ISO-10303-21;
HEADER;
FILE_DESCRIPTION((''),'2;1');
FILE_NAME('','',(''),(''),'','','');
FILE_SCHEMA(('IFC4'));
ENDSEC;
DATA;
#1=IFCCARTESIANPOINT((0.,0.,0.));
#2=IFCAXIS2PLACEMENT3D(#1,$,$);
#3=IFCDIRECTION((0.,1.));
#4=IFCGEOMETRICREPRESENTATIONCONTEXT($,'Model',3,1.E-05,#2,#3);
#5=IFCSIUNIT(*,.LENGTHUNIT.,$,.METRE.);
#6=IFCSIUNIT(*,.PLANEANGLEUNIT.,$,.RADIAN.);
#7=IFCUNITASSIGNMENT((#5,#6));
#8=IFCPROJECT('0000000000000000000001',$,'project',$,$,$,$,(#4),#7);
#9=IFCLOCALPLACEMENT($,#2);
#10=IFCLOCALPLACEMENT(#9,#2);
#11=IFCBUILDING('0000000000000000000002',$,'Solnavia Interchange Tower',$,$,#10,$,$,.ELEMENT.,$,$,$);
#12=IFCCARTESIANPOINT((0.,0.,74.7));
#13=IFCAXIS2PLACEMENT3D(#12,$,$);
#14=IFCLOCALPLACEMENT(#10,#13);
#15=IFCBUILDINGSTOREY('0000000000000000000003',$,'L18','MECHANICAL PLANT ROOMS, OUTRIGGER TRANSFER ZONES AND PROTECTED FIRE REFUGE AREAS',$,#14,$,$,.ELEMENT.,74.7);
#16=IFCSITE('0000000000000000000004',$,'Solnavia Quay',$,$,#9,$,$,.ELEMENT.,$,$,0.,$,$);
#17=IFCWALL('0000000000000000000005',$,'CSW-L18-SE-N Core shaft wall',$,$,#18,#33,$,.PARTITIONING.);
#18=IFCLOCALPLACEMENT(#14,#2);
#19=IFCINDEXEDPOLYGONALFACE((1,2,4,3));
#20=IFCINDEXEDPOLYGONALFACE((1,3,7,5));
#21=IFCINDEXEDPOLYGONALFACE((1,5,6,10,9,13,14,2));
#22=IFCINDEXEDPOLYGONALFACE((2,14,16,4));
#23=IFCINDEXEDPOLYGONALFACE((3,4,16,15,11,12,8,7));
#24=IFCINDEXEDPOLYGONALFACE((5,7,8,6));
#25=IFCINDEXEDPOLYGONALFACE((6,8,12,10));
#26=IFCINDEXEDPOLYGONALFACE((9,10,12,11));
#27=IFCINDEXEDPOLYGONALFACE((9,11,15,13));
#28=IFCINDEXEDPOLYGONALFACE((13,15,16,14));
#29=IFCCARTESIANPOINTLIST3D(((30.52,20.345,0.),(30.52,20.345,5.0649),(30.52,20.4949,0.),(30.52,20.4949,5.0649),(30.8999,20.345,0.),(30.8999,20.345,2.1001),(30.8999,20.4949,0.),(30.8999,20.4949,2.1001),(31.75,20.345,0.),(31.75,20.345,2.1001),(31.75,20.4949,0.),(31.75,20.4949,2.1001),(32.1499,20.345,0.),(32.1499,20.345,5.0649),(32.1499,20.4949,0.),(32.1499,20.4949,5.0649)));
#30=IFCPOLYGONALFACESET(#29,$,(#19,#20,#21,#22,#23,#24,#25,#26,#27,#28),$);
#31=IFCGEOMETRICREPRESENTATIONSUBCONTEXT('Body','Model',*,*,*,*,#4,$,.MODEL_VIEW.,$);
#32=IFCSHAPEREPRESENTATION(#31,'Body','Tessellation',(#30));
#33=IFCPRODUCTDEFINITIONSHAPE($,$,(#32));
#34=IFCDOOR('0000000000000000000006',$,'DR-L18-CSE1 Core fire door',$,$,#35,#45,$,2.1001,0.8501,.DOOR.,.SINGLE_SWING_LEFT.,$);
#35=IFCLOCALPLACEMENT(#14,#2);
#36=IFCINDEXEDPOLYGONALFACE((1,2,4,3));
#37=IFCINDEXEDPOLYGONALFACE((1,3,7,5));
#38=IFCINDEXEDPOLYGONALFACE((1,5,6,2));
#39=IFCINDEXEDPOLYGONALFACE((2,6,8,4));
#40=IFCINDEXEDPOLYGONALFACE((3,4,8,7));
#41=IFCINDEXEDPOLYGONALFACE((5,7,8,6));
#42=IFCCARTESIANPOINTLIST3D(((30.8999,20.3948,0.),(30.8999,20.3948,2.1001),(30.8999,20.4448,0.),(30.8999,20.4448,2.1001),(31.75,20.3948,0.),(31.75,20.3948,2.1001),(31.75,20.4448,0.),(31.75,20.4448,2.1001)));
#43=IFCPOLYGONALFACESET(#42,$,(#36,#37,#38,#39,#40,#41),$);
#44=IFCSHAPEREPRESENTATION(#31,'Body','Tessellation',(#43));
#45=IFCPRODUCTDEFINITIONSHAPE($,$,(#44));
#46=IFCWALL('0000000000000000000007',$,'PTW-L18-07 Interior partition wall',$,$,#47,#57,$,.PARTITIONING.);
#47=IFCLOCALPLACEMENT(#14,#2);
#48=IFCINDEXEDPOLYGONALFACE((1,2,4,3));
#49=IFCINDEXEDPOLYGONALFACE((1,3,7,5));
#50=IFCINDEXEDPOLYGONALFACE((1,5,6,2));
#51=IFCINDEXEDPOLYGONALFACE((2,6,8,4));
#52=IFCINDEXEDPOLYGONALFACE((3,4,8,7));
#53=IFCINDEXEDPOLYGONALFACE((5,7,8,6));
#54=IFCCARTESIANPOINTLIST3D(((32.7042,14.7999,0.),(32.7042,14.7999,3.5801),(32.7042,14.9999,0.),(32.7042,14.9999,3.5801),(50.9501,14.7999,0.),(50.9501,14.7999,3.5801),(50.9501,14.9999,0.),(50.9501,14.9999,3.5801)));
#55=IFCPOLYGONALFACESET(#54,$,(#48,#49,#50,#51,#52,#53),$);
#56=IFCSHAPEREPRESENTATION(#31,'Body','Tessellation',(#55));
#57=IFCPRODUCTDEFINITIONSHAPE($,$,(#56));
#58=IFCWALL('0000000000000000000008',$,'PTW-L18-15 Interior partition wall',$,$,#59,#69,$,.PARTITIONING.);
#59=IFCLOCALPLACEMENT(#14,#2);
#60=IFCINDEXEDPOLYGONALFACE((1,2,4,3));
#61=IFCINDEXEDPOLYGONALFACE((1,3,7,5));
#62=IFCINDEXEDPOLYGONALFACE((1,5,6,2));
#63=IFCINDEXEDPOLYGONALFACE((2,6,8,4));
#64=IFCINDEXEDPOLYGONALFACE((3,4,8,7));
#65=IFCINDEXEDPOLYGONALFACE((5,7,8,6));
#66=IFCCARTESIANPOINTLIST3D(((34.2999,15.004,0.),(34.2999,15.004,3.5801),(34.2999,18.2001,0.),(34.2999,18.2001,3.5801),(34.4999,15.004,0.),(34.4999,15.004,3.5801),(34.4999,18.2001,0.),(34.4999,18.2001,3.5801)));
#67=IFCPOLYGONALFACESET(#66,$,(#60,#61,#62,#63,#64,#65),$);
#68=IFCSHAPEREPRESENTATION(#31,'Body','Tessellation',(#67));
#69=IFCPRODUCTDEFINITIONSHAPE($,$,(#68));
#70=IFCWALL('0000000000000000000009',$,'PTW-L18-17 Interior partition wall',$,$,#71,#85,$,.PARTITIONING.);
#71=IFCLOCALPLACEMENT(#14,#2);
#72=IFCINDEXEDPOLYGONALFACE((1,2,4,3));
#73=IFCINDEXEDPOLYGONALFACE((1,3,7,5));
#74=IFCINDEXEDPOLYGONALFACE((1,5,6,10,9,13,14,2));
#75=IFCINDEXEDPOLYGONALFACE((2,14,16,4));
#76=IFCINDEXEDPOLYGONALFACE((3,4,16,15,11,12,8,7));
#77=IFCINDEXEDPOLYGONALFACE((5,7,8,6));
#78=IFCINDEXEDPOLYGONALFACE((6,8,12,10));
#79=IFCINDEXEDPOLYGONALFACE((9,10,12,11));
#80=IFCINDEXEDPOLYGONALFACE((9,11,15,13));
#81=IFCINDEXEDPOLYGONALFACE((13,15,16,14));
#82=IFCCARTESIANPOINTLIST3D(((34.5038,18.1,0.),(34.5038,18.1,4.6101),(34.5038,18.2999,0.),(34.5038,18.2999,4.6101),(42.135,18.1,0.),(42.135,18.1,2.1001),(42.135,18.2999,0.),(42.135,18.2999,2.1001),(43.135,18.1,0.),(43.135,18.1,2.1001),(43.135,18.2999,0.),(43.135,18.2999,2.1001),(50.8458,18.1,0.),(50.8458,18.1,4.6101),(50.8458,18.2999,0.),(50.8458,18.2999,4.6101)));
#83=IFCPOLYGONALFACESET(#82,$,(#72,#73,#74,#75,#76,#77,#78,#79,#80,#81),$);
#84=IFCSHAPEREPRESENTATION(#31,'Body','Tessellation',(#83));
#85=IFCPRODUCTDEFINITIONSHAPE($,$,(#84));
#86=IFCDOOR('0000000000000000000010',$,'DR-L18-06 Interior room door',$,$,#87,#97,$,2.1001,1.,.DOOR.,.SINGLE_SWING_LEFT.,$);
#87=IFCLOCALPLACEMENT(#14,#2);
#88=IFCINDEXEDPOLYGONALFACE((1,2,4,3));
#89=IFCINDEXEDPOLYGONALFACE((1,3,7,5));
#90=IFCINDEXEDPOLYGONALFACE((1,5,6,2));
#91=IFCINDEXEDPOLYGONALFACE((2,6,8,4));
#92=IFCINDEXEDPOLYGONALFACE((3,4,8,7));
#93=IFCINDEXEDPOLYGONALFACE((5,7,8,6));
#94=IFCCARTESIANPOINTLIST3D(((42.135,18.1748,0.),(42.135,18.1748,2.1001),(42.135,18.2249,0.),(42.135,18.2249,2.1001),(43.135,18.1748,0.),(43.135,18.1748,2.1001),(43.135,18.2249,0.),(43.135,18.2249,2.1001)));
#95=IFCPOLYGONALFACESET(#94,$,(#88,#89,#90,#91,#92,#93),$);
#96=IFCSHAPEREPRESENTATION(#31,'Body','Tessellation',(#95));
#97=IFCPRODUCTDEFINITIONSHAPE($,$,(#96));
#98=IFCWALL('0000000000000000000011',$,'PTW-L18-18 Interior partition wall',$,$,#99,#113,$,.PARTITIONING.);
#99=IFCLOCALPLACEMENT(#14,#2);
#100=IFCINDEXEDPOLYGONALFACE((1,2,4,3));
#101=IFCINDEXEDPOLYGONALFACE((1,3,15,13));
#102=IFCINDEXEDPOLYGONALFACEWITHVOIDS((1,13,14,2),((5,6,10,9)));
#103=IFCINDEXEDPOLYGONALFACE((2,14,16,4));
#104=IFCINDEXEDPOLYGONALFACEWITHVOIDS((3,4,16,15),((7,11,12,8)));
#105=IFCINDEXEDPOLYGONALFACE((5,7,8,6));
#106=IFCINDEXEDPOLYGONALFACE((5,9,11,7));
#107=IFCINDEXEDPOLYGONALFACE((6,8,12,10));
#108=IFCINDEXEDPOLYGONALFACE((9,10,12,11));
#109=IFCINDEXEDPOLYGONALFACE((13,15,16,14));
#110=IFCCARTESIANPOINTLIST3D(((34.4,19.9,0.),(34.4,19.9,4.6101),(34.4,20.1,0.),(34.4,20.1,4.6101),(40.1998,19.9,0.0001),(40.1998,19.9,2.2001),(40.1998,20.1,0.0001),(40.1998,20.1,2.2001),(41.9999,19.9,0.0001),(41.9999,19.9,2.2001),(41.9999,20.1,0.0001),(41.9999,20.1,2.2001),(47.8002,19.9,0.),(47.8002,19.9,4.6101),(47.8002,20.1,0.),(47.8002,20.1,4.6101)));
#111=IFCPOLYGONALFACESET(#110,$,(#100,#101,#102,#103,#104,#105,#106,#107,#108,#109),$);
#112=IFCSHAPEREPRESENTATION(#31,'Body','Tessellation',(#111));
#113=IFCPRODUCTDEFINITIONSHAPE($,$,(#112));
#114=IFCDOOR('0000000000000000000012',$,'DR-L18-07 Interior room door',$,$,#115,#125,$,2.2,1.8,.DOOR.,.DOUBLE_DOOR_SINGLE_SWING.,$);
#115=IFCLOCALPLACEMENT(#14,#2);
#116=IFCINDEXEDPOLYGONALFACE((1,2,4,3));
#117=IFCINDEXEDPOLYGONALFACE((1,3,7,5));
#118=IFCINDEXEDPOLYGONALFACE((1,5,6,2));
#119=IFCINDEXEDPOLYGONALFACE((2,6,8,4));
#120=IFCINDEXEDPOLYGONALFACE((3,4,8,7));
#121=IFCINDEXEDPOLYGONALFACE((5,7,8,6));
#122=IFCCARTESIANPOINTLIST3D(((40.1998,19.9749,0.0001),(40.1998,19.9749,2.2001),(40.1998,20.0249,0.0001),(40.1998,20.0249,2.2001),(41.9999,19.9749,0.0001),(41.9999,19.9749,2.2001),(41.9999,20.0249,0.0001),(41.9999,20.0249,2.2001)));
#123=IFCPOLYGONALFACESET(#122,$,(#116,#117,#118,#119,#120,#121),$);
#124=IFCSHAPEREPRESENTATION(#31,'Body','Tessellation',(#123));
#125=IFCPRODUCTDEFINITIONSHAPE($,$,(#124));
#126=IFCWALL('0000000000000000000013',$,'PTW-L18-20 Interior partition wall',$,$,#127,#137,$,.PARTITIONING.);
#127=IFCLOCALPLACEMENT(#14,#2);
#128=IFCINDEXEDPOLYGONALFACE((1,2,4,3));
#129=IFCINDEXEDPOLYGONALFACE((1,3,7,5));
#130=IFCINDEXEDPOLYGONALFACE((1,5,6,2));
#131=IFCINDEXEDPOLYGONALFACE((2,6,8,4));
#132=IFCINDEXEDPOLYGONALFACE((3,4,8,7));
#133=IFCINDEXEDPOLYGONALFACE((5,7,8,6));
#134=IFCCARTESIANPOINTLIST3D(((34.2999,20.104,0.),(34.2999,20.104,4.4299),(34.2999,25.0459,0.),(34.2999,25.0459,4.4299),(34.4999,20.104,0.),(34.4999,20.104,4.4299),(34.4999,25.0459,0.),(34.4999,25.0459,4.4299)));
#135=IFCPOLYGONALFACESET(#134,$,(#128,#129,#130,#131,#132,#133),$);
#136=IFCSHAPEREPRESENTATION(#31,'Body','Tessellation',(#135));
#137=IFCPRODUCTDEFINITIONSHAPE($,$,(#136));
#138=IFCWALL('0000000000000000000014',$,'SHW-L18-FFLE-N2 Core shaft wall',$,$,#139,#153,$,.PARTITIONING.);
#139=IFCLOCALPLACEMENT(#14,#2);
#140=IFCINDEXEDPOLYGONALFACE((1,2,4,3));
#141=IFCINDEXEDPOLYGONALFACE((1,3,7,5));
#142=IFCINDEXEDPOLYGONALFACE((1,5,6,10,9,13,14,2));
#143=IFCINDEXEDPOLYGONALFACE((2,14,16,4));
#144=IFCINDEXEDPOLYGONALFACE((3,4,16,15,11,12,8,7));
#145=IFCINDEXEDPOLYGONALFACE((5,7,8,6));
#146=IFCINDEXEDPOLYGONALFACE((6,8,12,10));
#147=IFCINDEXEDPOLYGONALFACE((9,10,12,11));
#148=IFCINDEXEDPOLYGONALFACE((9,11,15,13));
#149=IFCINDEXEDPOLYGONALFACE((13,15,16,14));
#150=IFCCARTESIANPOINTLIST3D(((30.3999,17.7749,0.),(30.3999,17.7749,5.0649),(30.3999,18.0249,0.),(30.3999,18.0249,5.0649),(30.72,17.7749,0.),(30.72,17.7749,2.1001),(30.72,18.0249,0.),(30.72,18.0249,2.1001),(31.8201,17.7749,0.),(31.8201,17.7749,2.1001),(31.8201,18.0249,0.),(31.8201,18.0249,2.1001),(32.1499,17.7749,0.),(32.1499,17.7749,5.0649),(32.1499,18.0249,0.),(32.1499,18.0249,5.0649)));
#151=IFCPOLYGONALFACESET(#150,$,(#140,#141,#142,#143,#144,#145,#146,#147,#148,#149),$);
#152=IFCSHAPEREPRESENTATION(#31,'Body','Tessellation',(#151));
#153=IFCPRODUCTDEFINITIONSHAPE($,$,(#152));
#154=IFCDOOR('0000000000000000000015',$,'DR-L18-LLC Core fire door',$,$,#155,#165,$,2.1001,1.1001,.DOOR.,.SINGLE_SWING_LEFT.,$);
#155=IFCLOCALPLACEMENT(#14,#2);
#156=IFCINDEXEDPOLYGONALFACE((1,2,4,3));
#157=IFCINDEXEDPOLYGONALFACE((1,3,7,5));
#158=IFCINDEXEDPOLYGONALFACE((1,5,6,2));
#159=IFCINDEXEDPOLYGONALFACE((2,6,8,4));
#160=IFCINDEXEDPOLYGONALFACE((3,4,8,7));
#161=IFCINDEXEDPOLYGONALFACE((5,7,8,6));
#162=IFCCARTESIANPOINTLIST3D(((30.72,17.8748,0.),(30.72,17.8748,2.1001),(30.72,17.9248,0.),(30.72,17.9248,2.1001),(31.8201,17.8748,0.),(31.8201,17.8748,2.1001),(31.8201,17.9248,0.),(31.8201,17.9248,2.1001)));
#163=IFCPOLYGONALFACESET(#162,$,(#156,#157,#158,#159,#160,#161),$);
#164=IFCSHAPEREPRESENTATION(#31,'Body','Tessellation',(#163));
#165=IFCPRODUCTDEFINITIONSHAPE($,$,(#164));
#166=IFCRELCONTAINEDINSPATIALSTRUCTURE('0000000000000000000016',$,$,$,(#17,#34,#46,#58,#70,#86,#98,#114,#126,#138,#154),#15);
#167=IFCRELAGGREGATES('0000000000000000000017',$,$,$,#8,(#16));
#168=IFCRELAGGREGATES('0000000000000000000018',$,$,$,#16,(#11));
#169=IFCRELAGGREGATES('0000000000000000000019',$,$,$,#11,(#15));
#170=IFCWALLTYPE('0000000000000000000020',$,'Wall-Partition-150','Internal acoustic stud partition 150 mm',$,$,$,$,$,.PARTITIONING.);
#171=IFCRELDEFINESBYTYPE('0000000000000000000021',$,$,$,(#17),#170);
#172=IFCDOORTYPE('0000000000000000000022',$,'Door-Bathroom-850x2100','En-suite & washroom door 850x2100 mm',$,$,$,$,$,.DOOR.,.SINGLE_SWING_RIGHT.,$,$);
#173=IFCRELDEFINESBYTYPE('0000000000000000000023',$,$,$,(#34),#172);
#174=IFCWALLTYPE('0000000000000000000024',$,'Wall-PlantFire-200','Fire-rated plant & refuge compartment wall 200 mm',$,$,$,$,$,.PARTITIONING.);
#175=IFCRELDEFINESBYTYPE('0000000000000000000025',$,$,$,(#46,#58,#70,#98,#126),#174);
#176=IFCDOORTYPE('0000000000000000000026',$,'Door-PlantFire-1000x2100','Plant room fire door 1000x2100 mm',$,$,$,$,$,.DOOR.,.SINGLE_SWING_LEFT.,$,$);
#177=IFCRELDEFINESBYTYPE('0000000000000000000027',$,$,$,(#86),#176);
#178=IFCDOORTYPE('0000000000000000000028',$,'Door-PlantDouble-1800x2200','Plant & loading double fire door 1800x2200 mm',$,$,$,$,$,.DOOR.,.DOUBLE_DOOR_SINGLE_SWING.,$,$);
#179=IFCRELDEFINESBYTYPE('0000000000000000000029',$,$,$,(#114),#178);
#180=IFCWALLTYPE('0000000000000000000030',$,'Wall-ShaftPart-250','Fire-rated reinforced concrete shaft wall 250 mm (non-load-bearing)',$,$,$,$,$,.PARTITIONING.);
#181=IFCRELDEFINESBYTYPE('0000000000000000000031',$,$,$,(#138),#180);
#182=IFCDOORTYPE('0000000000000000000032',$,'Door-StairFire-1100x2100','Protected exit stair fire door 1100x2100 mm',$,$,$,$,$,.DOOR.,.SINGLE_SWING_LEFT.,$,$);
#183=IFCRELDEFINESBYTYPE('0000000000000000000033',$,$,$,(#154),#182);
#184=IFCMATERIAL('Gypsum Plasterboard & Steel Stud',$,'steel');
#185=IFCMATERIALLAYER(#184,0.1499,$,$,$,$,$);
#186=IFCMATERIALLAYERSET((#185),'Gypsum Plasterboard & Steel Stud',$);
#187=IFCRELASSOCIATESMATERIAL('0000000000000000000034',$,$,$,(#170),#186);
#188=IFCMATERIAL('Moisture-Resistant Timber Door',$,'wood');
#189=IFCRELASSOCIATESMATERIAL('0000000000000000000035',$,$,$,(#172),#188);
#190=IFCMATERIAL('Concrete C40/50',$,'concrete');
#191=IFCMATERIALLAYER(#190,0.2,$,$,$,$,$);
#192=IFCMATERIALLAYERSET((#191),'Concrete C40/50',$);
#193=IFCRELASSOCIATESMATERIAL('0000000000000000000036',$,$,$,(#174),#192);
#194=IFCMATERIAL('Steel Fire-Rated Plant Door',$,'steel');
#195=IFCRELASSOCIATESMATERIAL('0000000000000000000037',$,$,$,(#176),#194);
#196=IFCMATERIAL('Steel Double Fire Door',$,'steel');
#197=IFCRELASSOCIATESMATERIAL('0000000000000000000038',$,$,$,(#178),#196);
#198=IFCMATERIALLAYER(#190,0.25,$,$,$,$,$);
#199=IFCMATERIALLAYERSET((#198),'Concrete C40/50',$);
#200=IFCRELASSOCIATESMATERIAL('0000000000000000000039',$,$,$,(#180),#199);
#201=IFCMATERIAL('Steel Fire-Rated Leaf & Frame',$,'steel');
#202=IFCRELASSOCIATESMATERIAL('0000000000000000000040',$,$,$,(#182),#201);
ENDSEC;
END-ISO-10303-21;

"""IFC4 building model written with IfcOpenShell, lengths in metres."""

from ifc_helpers import new_model, si_unit, direction, frame, frame_2d, origin, place, context, subcontext, project, spatial, rectangle, extrude, material, layer, layer_set, type_object, element, fill, save


model = new_model("IFC4")

# Units and contexts
model_context = context("Model", 3, precision=1e-05, world=origin(), true_north=direction((0.0, 1.0)))
body_context = subcontext(model_context, "Body", "Model", "MODEL_VIEW")
ifc_project = project(units=[si_unit("LENGTHUNIT", "METRE"), si_unit("PLANEANGLEUNIT", "RADIAN")], contexts=[model_context])

# Site, building, storey
site_placement = place(None, origin())
site = spatial("IfcSite", under=ifc_project, at=site_placement, Name="Solnavia Quay", CompositionType="ELEMENT", RefElevation=0.0)
building_placement = place(site_placement, origin())
building = spatial("IfcBuilding", under=site, at=building_placement, Name="Solnavia Interchange Tower", CompositionType="ELEMENT")
storey_placement = place(building_placement, frame((0.0, 0.0, 74.7)))
storey = spatial("IfcBuildingStorey", under=building, at=storey_placement, Name="L18", Description="MECHANICAL PLANT ROOMS, OUTRIGGER TRANSFER ZONES AND PROTECTED FIRE REFUGE AREAS", CompositionType="ELEMENT", Elevation=74.7)

# Shared definitions
ifc_material_1 = material(Name="Concrete C40/50", Category="concrete")

# Wall, opening, door
ifc_material_2 = material(Name="Gypsum Plasterboard & Steel Stud", Category="steel")
ifc_layer_1 = layer(ifc_material_2, 0.1499)
ifc_layer_set_1 = layer_set([ifc_layer_1], Name="Gypsum Plasterboard & Steel Stud")
wall_type_1 = type_object("IfcWallType", Name="Wall-Partition-150", Description="Internal acoustic stud partition 150 mm", PredefinedType="PARTITIONING", material=ifc_layer_set_1)
ifc_material_3 = material(Name="Moisture-Resistant Timber Door", Category="wood")
door_type_1 = type_object("IfcDoorType", Name="Door-Bathroom-850x2100", Description="En-suite & washroom door 850x2100 mm", OperationType="SINGLE_SWING_RIGHT", PredefinedType="DOOR", material=ifc_material_3)
wall_1_placement = place(storey_placement, frame((30.52, 20.4199, 0.0), z_axis=(0.0, 0.0, 1.0), x_axis=(1.0, 0.0, 0.0)))
wall_1 = element("IfcWall", 1, at=wall_1_placement, inside=storey, type_object=wall_type_1, Name="CSW-L18-SE-N Core shaft wall", PredefinedType="PARTITIONING", context=body_context, shape_type="SweptSolid", body=[
    extrude(rectangle(XDim=1.6299, YDim=0.1499, at=frame_2d((0.8149, 0.0))), origin(), (0.0, 0.0, 1.0), 5.0649),
])
opening_1_placement = place(wall_1_placement, frame((0.3799, 0.0, 0.0)))
opening_1 = element("IfcOpeningElement", 2, at=opening_1_placement, cuts=wall_1, PredefinedType="OPENING", context=body_context, shape_type="SweptSolid", body=[
    extrude(rectangle(XDim=0.8501, YDim=2.1001, at=frame_2d((0.425, 1.05))), frame((0.0, 0.085, 0.0), z_axis=(0.0, -1.0, 0.0), x_axis=(1.0, 0.0, 0.0)), (0.0, 0.0, 1.0), 0.1699),
])
door_1_placement = place(opening_1_placement, origin())
door_1 = element("IfcDoor", 3, at=door_1_placement, inside=storey, type_object=door_type_1, Name="DR-L18-CSE1 Core fire door", OperationType="SINGLE_SWING_LEFT", OverallHeight=2.1001, OverallWidth=0.8501, PredefinedType="DOOR", context=body_context, shape_type="SweptSolid", body=[
    extrude(rectangle(XDim=0.8501, YDim=2.1001, at=frame_2d((0.425, 1.05))), frame((0.0, 0.0249, 0.0), z_axis=(0.0, -1.0, 0.0), x_axis=(1.0, 0.0, 0.0)), (0.0, 0.0, 1.0), 0.05),
])
fill(opening_1, door_1)

# Walls
ifc_layer_2 = layer(ifc_material_1, 0.2)
ifc_layer_set_2 = layer_set([ifc_layer_2], Name="Concrete C40/50")
wall_type_2 = type_object("IfcWallType", Name="Wall-PlantFire-200", Description="Fire-rated plant & refuge compartment wall 200 mm", PredefinedType="PARTITIONING", material=ifc_layer_set_2)
wall_2_placement = place(storey_placement, frame((32.7041, 14.8999, 0.0), z_axis=(0.0, 0.0, 1.0), x_axis=(1.0, 0.0, 0.0)))
element("IfcWall", 4, at=wall_2_placement, inside=storey, type_object=wall_type_2, Name="PTW-L18-07 Interior partition wall", PredefinedType="PARTITIONING", context=body_context, shape_type="SweptSolid", body=[
    extrude(rectangle(XDim=18.2458, YDim=0.2, at=frame_2d((9.123, 0.0))), origin(), (0.0, 0.0, 1.0), 3.5801),
])
wall_3_placement = place(storey_placement, frame((34.3999, 15.0039, 0.0), z_axis=(0.0, 0.0, 1.0), x_axis=(0.0, 1.0, 0.0)))
element("IfcWall", 5, at=wall_3_placement, inside=storey, type_object=wall_type_2, Name="PTW-L18-15 Interior partition wall", PredefinedType="PARTITIONING", context=body_context, shape_type="SweptSolid", body=[
    extrude(rectangle(XDim=3.196, YDim=0.2, at=frame_2d((1.5981, 0.0))), origin(), (0.0, 0.0, 1.0), 3.5801),
])

# Walls, openings, doors
wall_4_placement = place(storey_placement, frame((34.5039, 18.2, 0.0), z_axis=(0.0, 0.0, 1.0), x_axis=(1.0, 0.0, 0.0)))
wall_4 = element("IfcWall", 6, at=wall_4_placement, inside=storey, type_object=wall_type_2, Name="PTW-L18-17 Interior partition wall", PredefinedType="PARTITIONING", context=body_context, shape_type="SweptSolid", body=[
    extrude(rectangle(XDim=16.342, YDim=0.2, at=frame_2d((8.1709, 0.0))), origin(), (0.0, 0.0, 1.0), 4.6101),
])
opening_2_placement = place(wall_4_placement, frame((7.6311, 0.0, 0.0)))
opening_2 = element("IfcOpeningElement", 7, at=opening_2_placement, cuts=wall_4, PredefinedType="OPENING", context=body_context, shape_type="SweptSolid", body=[
    extrude(rectangle(XDim=1.0, YDim=2.1001, at=frame_2d((0.5, 1.05))), frame((0.0, 0.1099, 0.0), z_axis=(0.0, -1.0, 0.0), x_axis=(1.0, 0.0, 0.0)), (0.0, 0.0, 1.0), 0.22),
])
ifc_material_4 = material(Name="Steel Fire-Rated Plant Door", Category="steel")
door_type_2 = type_object("IfcDoorType", Name="Door-PlantFire-1000x2100", Description="Plant room fire door 1000x2100 mm", OperationType="SINGLE_SWING_LEFT", PredefinedType="DOOR", material=ifc_material_4)
door_2_placement = place(opening_2_placement, origin())
door_2 = element("IfcDoor", 8, at=door_2_placement, inside=storey, type_object=door_type_2, Name="DR-L18-06 Interior room door", OperationType="SINGLE_SWING_LEFT", OverallHeight=2.1001, OverallWidth=1.0, PredefinedType="DOOR", context=body_context, shape_type="SweptSolid", body=[
    extrude(rectangle(XDim=1.0, YDim=2.1001, at=frame_2d((0.5, 1.05))), frame((0.0, 0.0249, 0.0), z_axis=(0.0, -1.0, 0.0), x_axis=(1.0, 0.0, 0.0)), (0.0, 0.0, 1.0), 0.05),
])
fill(opening_2, door_2)
wall_5_placement = place(storey_placement, frame((34.3999, 20.0, 0.0), z_axis=(0.0, 0.0, 1.0), x_axis=(1.0, 0.0, 0.0)))
wall_5 = element("IfcWall", 9, at=wall_5_placement, inside=storey, type_object=wall_type_2, Name="PTW-L18-18 Interior partition wall", PredefinedType="PARTITIONING", context=body_context, shape_type="SweptSolid", body=[
    extrude(rectangle(XDim=13.4001, YDim=0.2, at=frame_2d((6.7002, 0.0))), origin(), (0.0, 0.0, 1.0), 4.6101),
])
opening_3_placement = place(wall_5_placement, frame((5.8, 0.0, 0.0)))
opening_3 = element("IfcOpeningElement", 10, at=opening_3_placement, cuts=wall_5, PredefinedType="OPENING", context=body_context, shape_type="SweptSolid", body=[
    extrude(rectangle(XDim=1.8, YDim=2.2, at=frame_2d((0.8999, 1.1001))), frame((0.0, 0.1099, 0.0), z_axis=(0.0, -1.0, 0.0), x_axis=(1.0, 0.0, 0.0)), (0.0, 0.0, 1.0), 0.22),
])
ifc_material_5 = material(Name="Steel Double Fire Door", Category="steel")
door_type_3 = type_object("IfcDoorType", Name="Door-PlantDouble-1800x2200", Description="Plant & loading double fire door 1800x2200 mm", OperationType="DOUBLE_DOOR_SINGLE_SWING", PredefinedType="DOOR", material=ifc_material_5)
door_3_placement = place(opening_3_placement, origin())
door_3 = element("IfcDoor", 11, at=door_3_placement, inside=storey, type_object=door_type_3, Name="DR-L18-07 Interior room door", OperationType="DOUBLE_DOOR_SINGLE_SWING", OverallHeight=2.2, OverallWidth=1.8, PredefinedType="DOOR", context=body_context, shape_type="SweptSolid", body=[
    extrude(rectangle(XDim=1.8, YDim=2.2, at=frame_2d((0.8999, 1.1001))), frame((0.0, 0.0249, 0.0), z_axis=(0.0, -1.0, 0.0), x_axis=(1.0, 0.0, 0.0)), (0.0, 0.0, 1.0), 0.05),
])
fill(opening_3, door_3)

# Wall
wall_6_placement = place(storey_placement, frame((34.3999, 20.104, 0.0), z_axis=(0.0, 0.0, 1.0), x_axis=(0.0, 1.0, 0.0)))
element("IfcWall", 12, at=wall_6_placement, inside=storey, type_object=wall_type_2, Name="PTW-L18-20 Interior partition wall", PredefinedType="PARTITIONING", context=body_context, shape_type="SweptSolid", body=[
    extrude(rectangle(XDim=4.9419, YDim=0.2, at=frame_2d((2.4709, 0.0))), origin(), (0.0, 0.0, 1.0), 4.4299),
])

# Wall, opening, door
ifc_layer_3 = layer(ifc_material_1, 0.25)
ifc_layer_set_3 = layer_set([ifc_layer_3], Name="Concrete C40/50")
wall_type_3 = type_object("IfcWallType", Name="Wall-ShaftPart-250", Description="Fire-rated reinforced concrete shaft wall 250 mm (non-load-bearing)", PredefinedType="PARTITIONING", material=ifc_layer_set_3)
wall_7_placement = place(storey_placement, frame((30.3999, 17.8999, 0.0), z_axis=(0.0, 0.0, 1.0), x_axis=(1.0, 0.0, 0.0)))
wall_7 = element("IfcWall", 13, at=wall_7_placement, inside=storey, type_object=wall_type_3, Name="SHW-L18-FFLE-N2 Core shaft wall", PredefinedType="PARTITIONING", context=body_context, shape_type="SweptSolid", body=[
    extrude(rectangle(XDim=1.75, YDim=0.25, at=frame_2d((0.875, 0.0))), origin(), (0.0, 0.0, 1.0), 5.0649),
])
opening_4_placement = place(wall_7_placement, frame((0.3201, 0.0, 0.0)))
opening_4 = element("IfcOpeningElement", 14, at=opening_4_placement, cuts=wall_7, PredefinedType="OPENING", context=body_context, shape_type="SweptSolid", body=[
    extrude(rectangle(XDim=1.1001, YDim=2.1001, at=frame_2d((0.55, 1.05))), frame((0.0, 0.135, 0.0), z_axis=(0.0, -1.0, 0.0), x_axis=(1.0, 0.0, 0.0)), (0.0, 0.0, 1.0), 0.27),
])
ifc_material_6 = material(Name="Steel Fire-Rated Leaf & Frame", Category="steel")
door_type_4 = type_object("IfcDoorType", Name="Door-StairFire-1100x2100", Description="Protected exit stair fire door 1100x2100 mm", OperationType="SINGLE_SWING_LEFT", PredefinedType="DOOR", material=ifc_material_6)
door_4_placement = place(opening_4_placement, origin())
door_4 = element("IfcDoor", 15, at=door_4_placement, inside=storey, type_object=door_type_4, Name="DR-L18-LLC Core fire door", OperationType="SINGLE_SWING_LEFT", OverallHeight=2.1001, OverallWidth=1.1001, PredefinedType="DOOR", context=body_context, shape_type="SweptSolid", body=[
    extrude(rectangle(XDim=1.1001, YDim=2.1001, at=frame_2d((0.55, 1.05))), frame((0.0, 0.0249, 0.0), z_axis=(0.0, -1.0, 0.0), x_axis=(1.0, 0.0, 0.0)), (0.0, 0.0, 1.0), 0.05),
])
fill(opening_4, door_4)

save(model, "model.ifc")
